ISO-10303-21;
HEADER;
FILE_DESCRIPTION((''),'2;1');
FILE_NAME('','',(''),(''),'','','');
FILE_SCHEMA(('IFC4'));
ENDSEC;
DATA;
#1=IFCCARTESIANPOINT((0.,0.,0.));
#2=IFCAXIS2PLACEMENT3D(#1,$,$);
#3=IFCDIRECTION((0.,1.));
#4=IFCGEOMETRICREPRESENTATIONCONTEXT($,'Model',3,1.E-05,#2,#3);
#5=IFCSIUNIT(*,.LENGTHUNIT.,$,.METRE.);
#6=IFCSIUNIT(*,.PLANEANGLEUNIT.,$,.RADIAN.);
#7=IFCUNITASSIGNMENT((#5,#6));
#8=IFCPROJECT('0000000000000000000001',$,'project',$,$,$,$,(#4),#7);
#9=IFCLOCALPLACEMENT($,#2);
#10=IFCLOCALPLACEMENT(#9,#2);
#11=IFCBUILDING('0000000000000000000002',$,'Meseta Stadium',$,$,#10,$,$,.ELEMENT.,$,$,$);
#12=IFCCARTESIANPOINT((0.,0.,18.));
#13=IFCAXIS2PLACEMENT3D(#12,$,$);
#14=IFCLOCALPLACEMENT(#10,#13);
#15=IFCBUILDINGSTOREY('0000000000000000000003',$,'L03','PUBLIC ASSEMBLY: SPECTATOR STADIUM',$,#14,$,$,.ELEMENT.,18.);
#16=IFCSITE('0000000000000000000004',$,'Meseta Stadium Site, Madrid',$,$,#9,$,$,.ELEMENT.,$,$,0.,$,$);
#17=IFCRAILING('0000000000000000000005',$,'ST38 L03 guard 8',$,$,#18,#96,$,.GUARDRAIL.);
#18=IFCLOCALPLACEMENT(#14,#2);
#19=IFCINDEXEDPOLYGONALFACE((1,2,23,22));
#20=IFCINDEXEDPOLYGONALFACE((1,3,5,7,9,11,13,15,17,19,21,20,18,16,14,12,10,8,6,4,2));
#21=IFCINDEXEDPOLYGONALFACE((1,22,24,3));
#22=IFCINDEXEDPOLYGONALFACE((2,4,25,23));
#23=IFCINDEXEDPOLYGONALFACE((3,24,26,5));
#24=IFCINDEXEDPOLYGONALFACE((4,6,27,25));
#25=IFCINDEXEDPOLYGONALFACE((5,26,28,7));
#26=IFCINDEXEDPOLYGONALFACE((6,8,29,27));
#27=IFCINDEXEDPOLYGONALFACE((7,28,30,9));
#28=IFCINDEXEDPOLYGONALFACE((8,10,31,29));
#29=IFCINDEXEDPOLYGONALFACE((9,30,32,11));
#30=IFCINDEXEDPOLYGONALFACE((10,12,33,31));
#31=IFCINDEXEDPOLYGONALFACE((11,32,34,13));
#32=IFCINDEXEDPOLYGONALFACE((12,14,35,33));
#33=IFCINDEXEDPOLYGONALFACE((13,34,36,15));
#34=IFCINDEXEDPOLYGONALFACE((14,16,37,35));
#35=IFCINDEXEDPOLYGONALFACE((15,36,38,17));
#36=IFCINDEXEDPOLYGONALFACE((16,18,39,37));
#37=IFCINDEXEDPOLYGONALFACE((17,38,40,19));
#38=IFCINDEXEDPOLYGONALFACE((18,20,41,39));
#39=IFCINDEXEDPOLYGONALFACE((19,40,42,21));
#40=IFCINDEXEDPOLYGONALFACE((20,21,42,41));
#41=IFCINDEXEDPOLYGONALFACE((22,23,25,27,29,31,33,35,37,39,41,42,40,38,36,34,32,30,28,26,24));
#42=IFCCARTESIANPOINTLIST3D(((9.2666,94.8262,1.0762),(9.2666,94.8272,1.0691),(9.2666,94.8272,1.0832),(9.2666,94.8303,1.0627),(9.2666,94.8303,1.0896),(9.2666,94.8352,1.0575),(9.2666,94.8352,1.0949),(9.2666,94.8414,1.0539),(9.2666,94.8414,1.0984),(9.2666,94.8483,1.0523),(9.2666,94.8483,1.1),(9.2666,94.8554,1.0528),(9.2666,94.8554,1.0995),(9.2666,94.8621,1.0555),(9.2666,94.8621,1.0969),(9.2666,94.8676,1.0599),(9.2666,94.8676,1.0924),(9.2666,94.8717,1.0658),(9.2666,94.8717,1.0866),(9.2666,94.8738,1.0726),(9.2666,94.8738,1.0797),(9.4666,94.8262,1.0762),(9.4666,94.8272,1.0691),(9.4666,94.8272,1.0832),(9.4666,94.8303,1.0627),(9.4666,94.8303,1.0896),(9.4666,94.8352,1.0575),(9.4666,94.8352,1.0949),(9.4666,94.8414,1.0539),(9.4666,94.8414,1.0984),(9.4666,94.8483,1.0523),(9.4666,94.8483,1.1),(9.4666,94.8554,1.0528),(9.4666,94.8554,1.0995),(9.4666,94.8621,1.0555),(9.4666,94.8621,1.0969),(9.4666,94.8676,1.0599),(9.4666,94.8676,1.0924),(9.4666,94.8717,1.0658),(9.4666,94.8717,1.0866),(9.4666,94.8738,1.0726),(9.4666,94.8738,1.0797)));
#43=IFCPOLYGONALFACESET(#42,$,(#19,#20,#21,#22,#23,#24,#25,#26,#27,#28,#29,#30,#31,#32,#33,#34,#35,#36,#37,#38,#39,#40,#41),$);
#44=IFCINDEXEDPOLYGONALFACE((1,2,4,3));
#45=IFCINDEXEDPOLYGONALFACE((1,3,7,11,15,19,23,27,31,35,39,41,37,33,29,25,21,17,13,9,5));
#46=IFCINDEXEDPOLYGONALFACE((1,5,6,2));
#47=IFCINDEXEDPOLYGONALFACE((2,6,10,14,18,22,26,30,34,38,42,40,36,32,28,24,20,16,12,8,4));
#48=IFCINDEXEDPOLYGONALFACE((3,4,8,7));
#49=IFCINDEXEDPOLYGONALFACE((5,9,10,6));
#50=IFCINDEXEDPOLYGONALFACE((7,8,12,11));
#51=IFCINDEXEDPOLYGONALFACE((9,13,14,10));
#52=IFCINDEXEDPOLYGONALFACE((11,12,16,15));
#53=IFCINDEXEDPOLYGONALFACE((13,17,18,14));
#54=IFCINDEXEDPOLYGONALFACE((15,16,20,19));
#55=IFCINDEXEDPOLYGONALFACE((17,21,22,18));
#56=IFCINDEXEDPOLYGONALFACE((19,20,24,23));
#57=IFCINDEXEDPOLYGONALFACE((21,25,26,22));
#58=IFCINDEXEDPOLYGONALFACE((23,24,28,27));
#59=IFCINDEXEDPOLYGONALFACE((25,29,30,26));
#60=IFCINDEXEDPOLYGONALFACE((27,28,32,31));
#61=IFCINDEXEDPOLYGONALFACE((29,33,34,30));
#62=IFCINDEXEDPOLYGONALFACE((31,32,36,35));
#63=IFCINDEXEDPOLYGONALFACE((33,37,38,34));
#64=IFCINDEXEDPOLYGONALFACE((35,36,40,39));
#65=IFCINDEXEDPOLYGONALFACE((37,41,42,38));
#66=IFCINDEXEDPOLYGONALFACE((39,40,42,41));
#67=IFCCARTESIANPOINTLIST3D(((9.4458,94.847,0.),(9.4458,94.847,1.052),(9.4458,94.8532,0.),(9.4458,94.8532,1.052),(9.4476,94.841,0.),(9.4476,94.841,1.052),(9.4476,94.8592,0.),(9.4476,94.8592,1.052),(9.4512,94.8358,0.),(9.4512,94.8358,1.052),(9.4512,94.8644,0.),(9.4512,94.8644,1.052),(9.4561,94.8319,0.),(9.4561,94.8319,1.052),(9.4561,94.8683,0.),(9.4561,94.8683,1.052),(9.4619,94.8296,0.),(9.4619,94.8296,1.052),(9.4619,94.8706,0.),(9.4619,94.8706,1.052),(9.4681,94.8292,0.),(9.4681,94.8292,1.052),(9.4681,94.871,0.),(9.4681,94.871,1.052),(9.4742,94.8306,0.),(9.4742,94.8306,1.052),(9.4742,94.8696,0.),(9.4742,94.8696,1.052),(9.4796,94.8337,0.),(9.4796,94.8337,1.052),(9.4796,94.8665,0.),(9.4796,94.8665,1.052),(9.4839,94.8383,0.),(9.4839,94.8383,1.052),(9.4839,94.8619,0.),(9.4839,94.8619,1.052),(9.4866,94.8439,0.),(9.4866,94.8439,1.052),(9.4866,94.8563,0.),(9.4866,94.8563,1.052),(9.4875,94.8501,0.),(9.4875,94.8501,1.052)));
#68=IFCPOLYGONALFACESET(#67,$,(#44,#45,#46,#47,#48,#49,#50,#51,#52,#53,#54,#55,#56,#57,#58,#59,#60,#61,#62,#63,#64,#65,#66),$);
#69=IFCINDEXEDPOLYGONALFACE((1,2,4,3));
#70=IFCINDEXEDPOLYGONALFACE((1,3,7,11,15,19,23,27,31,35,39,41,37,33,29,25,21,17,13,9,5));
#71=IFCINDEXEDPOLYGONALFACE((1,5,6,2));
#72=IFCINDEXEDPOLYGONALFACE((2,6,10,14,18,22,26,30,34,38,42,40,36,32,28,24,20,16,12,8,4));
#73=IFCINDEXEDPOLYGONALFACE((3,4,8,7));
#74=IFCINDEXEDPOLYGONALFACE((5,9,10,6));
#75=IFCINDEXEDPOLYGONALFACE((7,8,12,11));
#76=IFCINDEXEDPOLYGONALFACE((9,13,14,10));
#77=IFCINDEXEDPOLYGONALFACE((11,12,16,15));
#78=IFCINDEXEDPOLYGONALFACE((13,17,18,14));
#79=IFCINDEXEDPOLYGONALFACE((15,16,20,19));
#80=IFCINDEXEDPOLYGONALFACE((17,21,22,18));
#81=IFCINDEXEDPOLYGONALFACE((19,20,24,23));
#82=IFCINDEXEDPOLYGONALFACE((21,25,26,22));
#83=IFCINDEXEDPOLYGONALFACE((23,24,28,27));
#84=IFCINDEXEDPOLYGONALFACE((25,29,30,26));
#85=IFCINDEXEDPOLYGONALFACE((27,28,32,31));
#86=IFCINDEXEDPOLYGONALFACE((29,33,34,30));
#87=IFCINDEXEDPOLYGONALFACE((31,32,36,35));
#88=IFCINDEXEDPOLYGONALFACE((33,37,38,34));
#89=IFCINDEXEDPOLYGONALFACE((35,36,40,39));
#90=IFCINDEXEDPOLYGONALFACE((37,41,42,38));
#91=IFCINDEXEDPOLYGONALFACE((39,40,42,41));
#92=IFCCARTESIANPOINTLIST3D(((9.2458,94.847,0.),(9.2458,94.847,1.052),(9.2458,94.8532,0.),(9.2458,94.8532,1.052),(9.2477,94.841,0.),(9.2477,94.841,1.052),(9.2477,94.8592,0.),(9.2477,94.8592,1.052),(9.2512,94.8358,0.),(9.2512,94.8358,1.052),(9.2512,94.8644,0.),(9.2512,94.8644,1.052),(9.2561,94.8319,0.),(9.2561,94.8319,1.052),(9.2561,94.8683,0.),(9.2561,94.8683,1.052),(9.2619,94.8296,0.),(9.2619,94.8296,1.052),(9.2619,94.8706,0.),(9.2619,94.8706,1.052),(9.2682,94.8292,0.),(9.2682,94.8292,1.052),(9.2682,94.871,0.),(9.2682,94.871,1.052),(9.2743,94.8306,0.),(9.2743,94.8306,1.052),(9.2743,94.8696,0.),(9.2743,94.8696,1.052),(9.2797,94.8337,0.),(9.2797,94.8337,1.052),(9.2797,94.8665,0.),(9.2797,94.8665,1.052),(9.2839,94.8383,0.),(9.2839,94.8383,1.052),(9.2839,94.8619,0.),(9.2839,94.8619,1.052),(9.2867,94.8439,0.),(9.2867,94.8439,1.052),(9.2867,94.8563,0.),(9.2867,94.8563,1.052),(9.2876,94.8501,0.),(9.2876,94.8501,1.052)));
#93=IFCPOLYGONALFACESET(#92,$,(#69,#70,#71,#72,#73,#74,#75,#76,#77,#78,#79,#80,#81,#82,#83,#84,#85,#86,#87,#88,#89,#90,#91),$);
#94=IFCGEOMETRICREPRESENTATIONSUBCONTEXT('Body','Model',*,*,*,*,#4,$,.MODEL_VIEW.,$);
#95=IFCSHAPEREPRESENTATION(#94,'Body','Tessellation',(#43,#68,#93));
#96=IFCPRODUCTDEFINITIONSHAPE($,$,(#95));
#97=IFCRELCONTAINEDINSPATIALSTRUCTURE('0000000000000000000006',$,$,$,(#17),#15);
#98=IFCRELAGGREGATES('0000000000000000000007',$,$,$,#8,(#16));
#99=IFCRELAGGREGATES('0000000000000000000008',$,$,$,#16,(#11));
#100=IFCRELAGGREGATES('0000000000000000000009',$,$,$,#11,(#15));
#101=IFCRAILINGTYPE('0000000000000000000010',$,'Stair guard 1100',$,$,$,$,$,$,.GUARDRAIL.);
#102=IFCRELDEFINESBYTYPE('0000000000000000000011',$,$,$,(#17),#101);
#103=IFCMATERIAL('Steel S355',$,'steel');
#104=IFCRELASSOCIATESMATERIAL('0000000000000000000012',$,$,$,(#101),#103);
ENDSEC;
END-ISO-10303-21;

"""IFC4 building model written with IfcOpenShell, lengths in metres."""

from ifc_helpers import new_model, si_unit, direction, frame, origin, origin_2d, place, context, subcontext, project, spatial, circle, extrude, material, type_object, element, save


model = new_model("IFC4")

# Units and contexts
model_context = context("Model", 3, precision=1e-05, world=origin(), true_north=direction((0.0, 1.0)))
body_context = subcontext(model_context, "Body", "Model", "MODEL_VIEW")
ifc_project = project(units=[si_unit("LENGTHUNIT", "METRE"), si_unit("PLANEANGLEUNIT", "RADIAN")], contexts=[model_context])

# Site, building, storey
site_placement = place(None, origin())
site = spatial("IfcSite", under=ifc_project, at=site_placement, Name="Meseta Stadium Site, Madrid", CompositionType="ELEMENT", RefElevation=0.0)
building_placement = place(site_placement, origin())
building = spatial("IfcBuilding", under=site, at=building_placement, Name="Meseta Stadium", CompositionType="ELEMENT")
storey_placement = place(building_placement, frame((0.0, 0.0, 18.0)))
storey = spatial("IfcBuildingStorey", under=building, at=storey_placement, Name="L03", Description="PUBLIC ASSEMBLY: SPECTATOR STADIUM", CompositionType="ELEMENT", Elevation=18.0)

# Railing
ifc_material_1 = material(Name="Steel S355", Category="steel")
railing_type_1 = type_object("IfcRailingType", Name="Stair guard 1100", PredefinedType="GUARDRAIL", material=ifc_material_1)
for number, where, name in (
    (1, (9.4666, 94.8501, 0.0), "ST38 L03 guard 8"),
):
    element("IfcRailing", number, at=place(storey_placement, frame(where)), inside=storey, type_object=railing_type_1, Name=name, PredefinedType="GUARDRAIL", context=body_context, shape_type="SweptSolid", body=[
        extrude(circle(Radius=0.0239, at=origin_2d()), frame((0.0, 0.0, 1.0762), z_axis=(-1.0, 0.0, 0.0), x_axis=(0.0, -1.0, 0.0)), (0.0, 0.0, 1.0), 0.2),
        extrude(circle(Radius=0.021, at=origin_2d()), origin(), (0.0, 0.0, 1.0), 1.052),
        extrude(circle(Radius=0.021, at=origin_2d()), frame((-0.2, 0.0, 0.0)), (0.0, 0.0, 1.0), 1.052),
    ])

save(model, "model.ifc")
